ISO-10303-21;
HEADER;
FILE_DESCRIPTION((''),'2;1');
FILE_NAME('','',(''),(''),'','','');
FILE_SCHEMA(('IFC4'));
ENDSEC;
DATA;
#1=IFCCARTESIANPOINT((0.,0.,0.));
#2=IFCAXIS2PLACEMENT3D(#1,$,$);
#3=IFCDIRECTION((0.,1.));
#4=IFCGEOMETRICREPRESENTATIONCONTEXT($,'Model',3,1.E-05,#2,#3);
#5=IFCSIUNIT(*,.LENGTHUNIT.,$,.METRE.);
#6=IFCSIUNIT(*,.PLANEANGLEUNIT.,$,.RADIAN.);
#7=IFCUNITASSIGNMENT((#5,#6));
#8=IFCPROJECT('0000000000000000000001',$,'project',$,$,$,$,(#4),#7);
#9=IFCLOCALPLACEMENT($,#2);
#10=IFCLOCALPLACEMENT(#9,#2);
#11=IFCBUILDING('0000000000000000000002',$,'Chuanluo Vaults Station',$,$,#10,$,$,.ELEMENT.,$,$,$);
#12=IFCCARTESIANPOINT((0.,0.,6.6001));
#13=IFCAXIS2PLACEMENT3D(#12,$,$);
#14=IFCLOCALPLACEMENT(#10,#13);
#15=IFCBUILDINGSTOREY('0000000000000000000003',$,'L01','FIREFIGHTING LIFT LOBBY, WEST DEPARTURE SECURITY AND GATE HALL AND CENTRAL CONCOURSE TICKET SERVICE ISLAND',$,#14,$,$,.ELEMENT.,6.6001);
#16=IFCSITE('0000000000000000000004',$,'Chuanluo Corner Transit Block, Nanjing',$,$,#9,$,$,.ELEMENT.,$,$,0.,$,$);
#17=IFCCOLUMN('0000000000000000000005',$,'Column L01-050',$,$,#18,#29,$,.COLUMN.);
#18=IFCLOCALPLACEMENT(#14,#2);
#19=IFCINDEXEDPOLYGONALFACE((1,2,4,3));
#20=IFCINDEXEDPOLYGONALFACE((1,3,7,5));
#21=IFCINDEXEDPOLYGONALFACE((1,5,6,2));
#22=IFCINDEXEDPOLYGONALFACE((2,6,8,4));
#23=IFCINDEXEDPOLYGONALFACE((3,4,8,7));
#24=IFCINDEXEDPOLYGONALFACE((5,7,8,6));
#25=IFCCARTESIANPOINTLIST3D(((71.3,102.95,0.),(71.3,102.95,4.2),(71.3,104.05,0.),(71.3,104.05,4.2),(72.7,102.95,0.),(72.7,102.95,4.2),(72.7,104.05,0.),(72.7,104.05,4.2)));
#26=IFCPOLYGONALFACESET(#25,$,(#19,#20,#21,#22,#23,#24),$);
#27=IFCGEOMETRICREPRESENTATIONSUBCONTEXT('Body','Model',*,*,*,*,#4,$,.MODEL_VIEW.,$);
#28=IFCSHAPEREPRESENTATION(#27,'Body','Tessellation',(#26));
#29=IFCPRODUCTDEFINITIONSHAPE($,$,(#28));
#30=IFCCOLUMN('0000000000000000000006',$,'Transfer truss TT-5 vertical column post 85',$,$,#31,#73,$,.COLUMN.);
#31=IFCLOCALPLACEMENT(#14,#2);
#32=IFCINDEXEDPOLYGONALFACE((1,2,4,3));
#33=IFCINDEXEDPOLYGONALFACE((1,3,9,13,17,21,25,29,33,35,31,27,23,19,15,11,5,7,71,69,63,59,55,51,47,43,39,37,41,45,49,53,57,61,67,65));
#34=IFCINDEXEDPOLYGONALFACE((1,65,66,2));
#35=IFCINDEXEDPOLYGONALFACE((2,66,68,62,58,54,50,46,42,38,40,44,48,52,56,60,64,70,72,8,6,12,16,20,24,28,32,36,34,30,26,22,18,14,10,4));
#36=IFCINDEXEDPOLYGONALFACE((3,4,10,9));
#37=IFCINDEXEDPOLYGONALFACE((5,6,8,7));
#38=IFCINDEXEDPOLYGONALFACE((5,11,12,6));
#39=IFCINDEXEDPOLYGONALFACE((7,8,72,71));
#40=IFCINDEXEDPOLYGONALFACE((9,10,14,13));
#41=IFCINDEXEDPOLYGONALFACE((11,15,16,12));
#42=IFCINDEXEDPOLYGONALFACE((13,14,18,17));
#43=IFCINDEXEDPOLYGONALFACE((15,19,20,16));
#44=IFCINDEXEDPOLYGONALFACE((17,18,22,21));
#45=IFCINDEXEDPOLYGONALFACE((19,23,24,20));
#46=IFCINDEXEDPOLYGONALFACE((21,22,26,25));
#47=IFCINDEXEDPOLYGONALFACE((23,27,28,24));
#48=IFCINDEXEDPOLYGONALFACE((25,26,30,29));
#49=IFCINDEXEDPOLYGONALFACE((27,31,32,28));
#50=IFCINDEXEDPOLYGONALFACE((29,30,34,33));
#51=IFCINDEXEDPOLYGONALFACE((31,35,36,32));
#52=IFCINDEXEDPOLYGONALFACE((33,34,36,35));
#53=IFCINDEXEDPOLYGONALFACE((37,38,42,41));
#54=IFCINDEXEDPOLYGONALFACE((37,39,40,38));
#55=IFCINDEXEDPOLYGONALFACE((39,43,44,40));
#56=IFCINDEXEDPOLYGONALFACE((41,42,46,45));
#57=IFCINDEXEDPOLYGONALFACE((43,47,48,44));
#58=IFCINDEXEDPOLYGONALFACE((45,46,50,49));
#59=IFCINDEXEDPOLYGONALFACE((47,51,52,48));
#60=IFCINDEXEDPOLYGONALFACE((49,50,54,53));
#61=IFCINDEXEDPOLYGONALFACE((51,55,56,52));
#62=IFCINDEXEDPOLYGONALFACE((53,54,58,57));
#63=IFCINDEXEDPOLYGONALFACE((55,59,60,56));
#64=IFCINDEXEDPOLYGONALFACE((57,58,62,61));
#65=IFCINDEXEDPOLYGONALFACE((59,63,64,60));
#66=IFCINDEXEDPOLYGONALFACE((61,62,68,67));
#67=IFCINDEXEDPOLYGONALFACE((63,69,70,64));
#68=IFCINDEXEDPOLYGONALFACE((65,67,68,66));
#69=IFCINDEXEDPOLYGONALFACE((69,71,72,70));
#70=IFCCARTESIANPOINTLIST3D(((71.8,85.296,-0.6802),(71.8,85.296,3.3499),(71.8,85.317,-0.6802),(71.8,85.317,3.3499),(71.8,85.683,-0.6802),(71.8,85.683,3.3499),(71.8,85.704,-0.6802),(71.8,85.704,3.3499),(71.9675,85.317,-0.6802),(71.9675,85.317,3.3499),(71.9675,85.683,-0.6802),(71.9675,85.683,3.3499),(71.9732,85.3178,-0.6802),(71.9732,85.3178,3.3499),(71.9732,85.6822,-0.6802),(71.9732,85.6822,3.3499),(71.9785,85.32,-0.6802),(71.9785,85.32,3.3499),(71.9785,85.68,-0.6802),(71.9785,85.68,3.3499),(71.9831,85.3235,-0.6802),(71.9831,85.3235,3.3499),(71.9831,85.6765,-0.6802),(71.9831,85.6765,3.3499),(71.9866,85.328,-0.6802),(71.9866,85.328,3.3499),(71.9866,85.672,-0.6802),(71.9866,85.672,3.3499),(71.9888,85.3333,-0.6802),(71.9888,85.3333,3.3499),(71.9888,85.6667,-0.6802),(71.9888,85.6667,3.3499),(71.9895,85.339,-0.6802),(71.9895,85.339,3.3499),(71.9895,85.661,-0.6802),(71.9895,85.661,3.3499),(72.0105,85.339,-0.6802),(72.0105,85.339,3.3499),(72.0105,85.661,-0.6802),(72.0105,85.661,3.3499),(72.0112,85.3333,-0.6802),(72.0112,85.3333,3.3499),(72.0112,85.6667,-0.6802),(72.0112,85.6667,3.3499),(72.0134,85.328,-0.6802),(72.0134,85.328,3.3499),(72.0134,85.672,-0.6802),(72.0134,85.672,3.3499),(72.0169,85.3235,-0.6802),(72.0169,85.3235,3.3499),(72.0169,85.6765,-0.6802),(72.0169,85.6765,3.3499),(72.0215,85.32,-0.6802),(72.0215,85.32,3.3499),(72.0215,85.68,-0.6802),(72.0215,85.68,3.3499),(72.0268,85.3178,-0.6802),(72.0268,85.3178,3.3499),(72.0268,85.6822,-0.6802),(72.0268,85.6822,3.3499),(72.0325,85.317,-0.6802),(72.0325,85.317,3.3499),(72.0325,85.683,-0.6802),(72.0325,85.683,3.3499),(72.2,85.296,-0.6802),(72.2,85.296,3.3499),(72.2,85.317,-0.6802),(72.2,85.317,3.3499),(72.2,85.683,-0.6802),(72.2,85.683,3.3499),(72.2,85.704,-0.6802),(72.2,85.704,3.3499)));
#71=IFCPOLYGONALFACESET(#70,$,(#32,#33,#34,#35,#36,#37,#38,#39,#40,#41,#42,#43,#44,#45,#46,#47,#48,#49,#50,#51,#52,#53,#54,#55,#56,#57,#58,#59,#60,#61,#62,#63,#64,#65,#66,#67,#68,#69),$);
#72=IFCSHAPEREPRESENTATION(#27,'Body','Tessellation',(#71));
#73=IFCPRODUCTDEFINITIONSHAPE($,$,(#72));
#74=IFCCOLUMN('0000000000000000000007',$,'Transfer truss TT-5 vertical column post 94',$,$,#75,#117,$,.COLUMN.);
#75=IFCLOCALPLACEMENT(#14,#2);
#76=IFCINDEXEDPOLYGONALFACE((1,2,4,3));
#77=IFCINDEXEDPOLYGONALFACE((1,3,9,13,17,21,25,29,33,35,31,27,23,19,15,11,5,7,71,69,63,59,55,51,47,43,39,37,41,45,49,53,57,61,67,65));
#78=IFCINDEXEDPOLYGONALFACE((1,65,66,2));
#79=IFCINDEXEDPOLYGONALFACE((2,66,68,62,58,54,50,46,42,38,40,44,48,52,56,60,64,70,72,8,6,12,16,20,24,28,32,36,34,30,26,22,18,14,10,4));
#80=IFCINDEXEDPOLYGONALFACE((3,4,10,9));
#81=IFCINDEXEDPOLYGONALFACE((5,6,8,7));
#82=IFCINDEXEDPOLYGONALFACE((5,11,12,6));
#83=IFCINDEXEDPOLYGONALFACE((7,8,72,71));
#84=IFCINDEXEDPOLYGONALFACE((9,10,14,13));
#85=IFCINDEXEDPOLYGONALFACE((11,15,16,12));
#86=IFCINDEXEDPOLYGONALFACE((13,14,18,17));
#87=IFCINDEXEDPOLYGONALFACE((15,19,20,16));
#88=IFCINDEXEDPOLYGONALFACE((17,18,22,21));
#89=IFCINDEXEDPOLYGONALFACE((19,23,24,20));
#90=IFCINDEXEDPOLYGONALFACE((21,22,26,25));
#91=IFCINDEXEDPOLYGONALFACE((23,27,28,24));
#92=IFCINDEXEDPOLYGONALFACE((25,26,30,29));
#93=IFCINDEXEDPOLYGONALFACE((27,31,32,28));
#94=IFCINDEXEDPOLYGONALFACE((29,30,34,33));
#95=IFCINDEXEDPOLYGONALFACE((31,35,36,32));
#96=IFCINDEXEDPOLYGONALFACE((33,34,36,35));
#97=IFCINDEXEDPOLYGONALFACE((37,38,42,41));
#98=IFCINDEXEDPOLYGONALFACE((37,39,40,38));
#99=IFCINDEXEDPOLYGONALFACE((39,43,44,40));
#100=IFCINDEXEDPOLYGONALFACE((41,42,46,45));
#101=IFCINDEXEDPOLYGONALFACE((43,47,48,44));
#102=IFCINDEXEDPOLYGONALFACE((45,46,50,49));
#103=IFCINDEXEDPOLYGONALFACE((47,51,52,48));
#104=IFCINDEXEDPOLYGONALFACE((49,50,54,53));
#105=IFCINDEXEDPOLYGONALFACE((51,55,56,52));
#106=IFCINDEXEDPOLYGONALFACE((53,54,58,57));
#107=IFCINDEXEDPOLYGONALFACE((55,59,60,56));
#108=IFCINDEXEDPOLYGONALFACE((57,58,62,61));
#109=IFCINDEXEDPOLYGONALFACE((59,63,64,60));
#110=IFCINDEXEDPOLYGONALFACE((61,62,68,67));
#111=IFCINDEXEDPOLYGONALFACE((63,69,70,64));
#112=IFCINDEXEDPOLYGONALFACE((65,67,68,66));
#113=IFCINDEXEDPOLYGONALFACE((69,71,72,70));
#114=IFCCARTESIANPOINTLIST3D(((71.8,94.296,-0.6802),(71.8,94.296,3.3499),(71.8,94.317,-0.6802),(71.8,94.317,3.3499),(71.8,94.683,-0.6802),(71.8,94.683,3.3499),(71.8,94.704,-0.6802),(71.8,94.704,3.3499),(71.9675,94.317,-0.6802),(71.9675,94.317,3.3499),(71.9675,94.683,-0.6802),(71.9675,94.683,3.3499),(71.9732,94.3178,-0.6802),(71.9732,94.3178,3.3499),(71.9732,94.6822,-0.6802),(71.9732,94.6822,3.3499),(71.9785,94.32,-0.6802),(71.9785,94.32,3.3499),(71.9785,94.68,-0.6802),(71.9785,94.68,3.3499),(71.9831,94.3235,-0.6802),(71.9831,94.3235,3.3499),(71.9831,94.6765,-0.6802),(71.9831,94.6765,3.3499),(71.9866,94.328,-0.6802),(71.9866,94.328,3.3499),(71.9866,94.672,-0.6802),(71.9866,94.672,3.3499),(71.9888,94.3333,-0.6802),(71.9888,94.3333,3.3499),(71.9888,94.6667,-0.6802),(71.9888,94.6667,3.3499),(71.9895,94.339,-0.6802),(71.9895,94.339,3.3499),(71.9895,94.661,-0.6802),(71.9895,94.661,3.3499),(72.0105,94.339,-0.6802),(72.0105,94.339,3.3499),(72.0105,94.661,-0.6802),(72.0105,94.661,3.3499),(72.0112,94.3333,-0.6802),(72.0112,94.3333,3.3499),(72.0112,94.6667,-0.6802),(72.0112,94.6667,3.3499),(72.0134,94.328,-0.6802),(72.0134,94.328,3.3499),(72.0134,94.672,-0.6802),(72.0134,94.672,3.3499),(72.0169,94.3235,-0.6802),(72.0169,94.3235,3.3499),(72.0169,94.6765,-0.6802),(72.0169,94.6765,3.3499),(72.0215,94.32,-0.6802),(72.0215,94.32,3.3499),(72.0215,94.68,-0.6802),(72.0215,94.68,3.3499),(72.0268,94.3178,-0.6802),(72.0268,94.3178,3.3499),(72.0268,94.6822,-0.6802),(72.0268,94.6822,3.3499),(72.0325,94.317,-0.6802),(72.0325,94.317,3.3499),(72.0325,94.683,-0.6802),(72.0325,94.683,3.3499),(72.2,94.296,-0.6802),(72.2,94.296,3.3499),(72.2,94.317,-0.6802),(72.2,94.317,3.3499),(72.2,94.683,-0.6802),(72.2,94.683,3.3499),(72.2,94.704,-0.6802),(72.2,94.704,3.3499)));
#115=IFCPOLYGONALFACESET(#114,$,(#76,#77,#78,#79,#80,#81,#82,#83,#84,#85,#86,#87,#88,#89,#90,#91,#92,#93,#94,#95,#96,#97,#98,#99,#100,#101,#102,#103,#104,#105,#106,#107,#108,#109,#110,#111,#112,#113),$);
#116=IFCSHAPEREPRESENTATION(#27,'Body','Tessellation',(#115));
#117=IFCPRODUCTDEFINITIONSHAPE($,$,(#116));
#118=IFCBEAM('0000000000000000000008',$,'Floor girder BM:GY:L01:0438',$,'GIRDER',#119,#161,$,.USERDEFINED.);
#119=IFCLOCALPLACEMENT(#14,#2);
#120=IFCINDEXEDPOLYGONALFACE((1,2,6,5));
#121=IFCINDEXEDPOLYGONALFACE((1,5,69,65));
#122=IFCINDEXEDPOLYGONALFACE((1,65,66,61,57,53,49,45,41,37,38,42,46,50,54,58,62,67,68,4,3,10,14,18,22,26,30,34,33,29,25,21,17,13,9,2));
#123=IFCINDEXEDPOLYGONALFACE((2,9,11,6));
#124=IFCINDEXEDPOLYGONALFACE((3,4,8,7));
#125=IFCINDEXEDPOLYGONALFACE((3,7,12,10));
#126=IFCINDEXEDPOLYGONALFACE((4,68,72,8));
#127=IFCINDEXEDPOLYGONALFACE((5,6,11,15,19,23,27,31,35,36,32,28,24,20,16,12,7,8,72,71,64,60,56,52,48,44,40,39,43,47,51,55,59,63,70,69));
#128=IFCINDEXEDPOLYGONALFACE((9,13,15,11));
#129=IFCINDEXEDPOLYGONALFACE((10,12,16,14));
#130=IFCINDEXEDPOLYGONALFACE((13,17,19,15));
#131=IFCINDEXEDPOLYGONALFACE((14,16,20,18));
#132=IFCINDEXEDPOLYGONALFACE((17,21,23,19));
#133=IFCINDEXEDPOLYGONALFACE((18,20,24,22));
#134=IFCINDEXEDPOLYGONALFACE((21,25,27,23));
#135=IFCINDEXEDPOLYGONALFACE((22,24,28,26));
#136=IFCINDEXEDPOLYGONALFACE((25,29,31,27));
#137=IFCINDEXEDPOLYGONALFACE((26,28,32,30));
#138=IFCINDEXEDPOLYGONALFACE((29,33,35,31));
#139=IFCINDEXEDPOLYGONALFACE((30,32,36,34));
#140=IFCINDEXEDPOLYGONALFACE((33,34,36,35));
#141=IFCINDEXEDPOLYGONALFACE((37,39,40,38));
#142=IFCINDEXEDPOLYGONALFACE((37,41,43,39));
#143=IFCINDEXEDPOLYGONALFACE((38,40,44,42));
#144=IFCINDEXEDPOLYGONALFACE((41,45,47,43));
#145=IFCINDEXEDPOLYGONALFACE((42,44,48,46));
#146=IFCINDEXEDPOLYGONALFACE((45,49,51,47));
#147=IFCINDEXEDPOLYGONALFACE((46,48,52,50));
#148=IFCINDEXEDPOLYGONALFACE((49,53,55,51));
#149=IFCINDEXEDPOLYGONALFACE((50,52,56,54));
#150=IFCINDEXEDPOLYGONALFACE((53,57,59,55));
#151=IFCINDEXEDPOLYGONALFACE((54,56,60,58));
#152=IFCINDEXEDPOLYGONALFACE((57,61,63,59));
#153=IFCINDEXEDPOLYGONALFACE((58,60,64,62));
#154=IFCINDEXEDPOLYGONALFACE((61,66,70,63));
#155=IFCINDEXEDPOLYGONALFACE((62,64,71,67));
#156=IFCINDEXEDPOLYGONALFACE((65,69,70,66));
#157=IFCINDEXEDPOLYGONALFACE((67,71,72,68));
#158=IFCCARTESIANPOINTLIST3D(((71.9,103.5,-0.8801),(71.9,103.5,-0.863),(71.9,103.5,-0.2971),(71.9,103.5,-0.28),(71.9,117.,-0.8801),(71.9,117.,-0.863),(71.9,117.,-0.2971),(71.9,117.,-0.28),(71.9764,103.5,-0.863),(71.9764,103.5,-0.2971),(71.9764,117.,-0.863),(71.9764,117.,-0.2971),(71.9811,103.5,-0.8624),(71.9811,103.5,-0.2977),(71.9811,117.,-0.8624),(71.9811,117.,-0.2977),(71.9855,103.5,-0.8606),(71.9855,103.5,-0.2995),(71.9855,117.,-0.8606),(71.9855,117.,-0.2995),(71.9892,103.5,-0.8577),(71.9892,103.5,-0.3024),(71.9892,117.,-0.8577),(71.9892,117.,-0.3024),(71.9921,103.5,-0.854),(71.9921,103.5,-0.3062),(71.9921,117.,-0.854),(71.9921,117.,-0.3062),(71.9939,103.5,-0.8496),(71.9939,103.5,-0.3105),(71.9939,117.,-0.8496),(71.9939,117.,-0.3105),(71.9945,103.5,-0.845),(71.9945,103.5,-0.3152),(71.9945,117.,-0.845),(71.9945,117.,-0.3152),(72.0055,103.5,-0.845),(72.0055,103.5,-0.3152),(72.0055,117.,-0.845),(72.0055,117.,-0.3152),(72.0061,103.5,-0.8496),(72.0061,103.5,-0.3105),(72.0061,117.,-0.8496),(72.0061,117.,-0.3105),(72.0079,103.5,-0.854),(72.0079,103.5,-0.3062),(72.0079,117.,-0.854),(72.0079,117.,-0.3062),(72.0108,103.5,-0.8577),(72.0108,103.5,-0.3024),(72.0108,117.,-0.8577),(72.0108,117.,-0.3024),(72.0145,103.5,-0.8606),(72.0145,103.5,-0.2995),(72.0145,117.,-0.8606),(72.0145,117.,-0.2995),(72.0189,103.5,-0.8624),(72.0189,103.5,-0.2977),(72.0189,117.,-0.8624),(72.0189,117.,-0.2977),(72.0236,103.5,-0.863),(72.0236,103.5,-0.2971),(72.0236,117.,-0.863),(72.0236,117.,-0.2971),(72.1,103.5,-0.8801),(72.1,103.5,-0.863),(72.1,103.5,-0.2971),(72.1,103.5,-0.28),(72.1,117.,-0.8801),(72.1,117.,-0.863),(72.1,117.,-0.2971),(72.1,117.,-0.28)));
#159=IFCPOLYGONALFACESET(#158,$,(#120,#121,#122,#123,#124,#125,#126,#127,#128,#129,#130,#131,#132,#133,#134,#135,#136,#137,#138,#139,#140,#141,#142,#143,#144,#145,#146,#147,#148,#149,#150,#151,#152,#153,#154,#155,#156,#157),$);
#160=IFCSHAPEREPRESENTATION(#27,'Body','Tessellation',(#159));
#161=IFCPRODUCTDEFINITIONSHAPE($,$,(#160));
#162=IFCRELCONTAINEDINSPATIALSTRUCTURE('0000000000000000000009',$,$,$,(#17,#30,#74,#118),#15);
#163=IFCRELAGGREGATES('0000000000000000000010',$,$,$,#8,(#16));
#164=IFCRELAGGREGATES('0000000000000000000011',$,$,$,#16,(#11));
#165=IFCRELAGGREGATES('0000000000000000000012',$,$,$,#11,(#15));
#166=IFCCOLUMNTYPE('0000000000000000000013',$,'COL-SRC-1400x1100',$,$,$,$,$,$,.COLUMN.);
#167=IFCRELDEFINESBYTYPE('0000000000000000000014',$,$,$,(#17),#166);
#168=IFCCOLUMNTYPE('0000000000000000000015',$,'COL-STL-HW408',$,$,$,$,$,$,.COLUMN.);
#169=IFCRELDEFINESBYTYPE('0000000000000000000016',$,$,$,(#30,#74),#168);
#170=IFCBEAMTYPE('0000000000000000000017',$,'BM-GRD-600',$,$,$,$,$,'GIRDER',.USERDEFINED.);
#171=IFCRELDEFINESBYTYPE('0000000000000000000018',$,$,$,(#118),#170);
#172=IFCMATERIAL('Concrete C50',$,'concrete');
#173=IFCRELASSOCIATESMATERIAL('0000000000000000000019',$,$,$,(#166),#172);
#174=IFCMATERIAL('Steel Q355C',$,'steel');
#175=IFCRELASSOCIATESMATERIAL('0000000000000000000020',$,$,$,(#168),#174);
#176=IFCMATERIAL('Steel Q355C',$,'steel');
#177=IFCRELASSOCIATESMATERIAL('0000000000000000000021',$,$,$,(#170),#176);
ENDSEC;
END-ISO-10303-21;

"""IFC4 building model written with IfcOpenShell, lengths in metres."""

from ifc_helpers import new_model, si_unit, direction, frame, origin, origin_2d, place, context, subcontext, project, spatial, rectangle, i_section, extrude, material, material_profile, profile_set, type_object, element, save


model = new_model("IFC4")

# Units and contexts
model_context = context("Model", 3, precision=1e-05, world=origin(), true_north=direction((0.0, 1.0)))
body_context = subcontext(model_context, "Body", "Model", "MODEL_VIEW")
ifc_project = project(units=[si_unit("LENGTHUNIT", "METRE"), si_unit("PLANEANGLEUNIT", "RADIAN")], contexts=[model_context])

# Site, building, storey
site_placement = place(None, origin())
site = spatial("IfcSite", under=ifc_project, at=site_placement, Name="Chuanluo Corner Transit Block, Nanjing", CompositionType="ELEMENT", RefElevation=0.0)
building_placement = place(site_placement, origin())
building = spatial("IfcBuilding", under=site, at=building_placement, Name="Chuanluo Vaults Station", CompositionType="ELEMENT")
storey_placement = place(building_placement, frame((0.0, 0.0, 6.6001)))
storey = spatial("IfcBuildingStorey", under=building, at=storey_placement, Name="L01", Description="FIREFIGHTING LIFT LOBBY, WEST DEPARTURE SECURITY AND GATE HALL AND CENTRAL CONCOURSE TICKET SERVICE ISLAND", CompositionType="ELEMENT", Elevation=6.6001)

# Columns
ifc_material_1 = material(Name="Concrete C50", Category="concrete")
ifc_material_profile_1 = material_profile(ifc_material_1, rectangle(XDim=1.3999, YDim=1.1001, at=origin_2d()))
ifc_profile_set_1 = profile_set([ifc_material_profile_1], Name="Concrete C50")
column_type_1 = type_object("IfcColumnType", Name="COL-SRC-1400x1100", PredefinedType="COLUMN", material=ifc_profile_set_1)
column_placement = place(storey_placement, frame((72.0, 103.5, 0.0), z_axis=(0.0, 0.0, 1.0), x_axis=(1.0, 0.0, 0.0)))
element("IfcColumn", 1, at=column_placement, inside=storey, type_object=column_type_1, Name="Column L01-050", PredefinedType="COLUMN", context=body_context, shape_type="SweptSolid", body=[
    extrude(rectangle(XDim=1.3999, YDim=1.1001, at=origin_2d()), origin(), (0.0, 0.0, 1.0), 4.2),
])
ifc_material_2 = material(Name="Steel Q355C", Category="steel")
ifc_material_profile_2 = material_profile(ifc_material_2, i_section(OverallWidth=0.3999, OverallDepth=0.408, WebThickness=0.021, FlangeThickness=0.021, FilletRadius=0.022, at=origin_2d()))
ifc_profile_set_2 = profile_set([ifc_material_profile_2], Name="Steel Q355C")
column_type_2 = type_object("IfcColumnType", Name="COL-STL-HW408", PredefinedType="COLUMN", material=ifc_profile_set_2)
for number, where, z_axis, x_axis, name in (
    (2, (72.0, 85.5, -0.6802), (0.0, 0.0, 1.0), (1.0, 0.0, 0.0), "Transfer truss TT-5 vertical column post 85"),
    (3, (72.0, 94.5, -0.6802), (0.0, 0.0, 1.0), (1.0, 0.0, 0.0), "Transfer truss TT-5 vertical column post 94"),
):
    element("IfcColumn", number, at=place(storey_placement, frame(where, z_axis=z_axis, x_axis=x_axis)), inside=storey, type_object=column_type_2, Name=name, PredefinedType="COLUMN", context=body_context, shape_type="SweptSolid", body=[
        extrude(i_section(OverallWidth=0.3999, OverallDepth=0.408, WebThickness=0.021, FlangeThickness=0.021, FilletRadius=0.022, at=origin_2d()), origin(), (0.0, 0.0, 1.0), 4.03),
    ])

# Beam
ifc_material_3 = material(Name="Steel Q355C", Category="steel")
ifc_material_profile_3 = material_profile(ifc_material_3, i_section(OverallWidth=0.2, OverallDepth=0.6001, WebThickness=0.011, FlangeThickness=0.0171, FilletRadius=0.0181, at=origin_2d()))
ifc_profile_set_3 = profile_set([ifc_material_profile_3], Name="Steel Q355C")
beam_type_1 = type_object("IfcBeamType", Name="BM-GRD-600", ElementType="GIRDER", PredefinedType="USERDEFINED", material=ifc_profile_set_3)
beam_placement = place(storey_placement, frame((72.0, 103.5, -0.5801), z_axis=(0.0, 1.0, 0.0), x_axis=(-1.0, 0.0, 0.0)))
element("IfcBeam", 4, at=beam_placement, inside=storey, type_object=beam_type_1, Name="Floor girder BM:GY:L01:0438", ObjectType="GIRDER", PredefinedType="USERDEFINED", context=body_context, shape_type="SweptSolid", body=[
    extrude(i_section(OverallWidth=0.2, OverallDepth=0.6001, WebThickness=0.011, FlangeThickness=0.0171, FilletRadius=0.0181, at=origin_2d()), origin(), (0.0, 0.0, 1.0), 13.5),
])

save(model, "model.ifc")
